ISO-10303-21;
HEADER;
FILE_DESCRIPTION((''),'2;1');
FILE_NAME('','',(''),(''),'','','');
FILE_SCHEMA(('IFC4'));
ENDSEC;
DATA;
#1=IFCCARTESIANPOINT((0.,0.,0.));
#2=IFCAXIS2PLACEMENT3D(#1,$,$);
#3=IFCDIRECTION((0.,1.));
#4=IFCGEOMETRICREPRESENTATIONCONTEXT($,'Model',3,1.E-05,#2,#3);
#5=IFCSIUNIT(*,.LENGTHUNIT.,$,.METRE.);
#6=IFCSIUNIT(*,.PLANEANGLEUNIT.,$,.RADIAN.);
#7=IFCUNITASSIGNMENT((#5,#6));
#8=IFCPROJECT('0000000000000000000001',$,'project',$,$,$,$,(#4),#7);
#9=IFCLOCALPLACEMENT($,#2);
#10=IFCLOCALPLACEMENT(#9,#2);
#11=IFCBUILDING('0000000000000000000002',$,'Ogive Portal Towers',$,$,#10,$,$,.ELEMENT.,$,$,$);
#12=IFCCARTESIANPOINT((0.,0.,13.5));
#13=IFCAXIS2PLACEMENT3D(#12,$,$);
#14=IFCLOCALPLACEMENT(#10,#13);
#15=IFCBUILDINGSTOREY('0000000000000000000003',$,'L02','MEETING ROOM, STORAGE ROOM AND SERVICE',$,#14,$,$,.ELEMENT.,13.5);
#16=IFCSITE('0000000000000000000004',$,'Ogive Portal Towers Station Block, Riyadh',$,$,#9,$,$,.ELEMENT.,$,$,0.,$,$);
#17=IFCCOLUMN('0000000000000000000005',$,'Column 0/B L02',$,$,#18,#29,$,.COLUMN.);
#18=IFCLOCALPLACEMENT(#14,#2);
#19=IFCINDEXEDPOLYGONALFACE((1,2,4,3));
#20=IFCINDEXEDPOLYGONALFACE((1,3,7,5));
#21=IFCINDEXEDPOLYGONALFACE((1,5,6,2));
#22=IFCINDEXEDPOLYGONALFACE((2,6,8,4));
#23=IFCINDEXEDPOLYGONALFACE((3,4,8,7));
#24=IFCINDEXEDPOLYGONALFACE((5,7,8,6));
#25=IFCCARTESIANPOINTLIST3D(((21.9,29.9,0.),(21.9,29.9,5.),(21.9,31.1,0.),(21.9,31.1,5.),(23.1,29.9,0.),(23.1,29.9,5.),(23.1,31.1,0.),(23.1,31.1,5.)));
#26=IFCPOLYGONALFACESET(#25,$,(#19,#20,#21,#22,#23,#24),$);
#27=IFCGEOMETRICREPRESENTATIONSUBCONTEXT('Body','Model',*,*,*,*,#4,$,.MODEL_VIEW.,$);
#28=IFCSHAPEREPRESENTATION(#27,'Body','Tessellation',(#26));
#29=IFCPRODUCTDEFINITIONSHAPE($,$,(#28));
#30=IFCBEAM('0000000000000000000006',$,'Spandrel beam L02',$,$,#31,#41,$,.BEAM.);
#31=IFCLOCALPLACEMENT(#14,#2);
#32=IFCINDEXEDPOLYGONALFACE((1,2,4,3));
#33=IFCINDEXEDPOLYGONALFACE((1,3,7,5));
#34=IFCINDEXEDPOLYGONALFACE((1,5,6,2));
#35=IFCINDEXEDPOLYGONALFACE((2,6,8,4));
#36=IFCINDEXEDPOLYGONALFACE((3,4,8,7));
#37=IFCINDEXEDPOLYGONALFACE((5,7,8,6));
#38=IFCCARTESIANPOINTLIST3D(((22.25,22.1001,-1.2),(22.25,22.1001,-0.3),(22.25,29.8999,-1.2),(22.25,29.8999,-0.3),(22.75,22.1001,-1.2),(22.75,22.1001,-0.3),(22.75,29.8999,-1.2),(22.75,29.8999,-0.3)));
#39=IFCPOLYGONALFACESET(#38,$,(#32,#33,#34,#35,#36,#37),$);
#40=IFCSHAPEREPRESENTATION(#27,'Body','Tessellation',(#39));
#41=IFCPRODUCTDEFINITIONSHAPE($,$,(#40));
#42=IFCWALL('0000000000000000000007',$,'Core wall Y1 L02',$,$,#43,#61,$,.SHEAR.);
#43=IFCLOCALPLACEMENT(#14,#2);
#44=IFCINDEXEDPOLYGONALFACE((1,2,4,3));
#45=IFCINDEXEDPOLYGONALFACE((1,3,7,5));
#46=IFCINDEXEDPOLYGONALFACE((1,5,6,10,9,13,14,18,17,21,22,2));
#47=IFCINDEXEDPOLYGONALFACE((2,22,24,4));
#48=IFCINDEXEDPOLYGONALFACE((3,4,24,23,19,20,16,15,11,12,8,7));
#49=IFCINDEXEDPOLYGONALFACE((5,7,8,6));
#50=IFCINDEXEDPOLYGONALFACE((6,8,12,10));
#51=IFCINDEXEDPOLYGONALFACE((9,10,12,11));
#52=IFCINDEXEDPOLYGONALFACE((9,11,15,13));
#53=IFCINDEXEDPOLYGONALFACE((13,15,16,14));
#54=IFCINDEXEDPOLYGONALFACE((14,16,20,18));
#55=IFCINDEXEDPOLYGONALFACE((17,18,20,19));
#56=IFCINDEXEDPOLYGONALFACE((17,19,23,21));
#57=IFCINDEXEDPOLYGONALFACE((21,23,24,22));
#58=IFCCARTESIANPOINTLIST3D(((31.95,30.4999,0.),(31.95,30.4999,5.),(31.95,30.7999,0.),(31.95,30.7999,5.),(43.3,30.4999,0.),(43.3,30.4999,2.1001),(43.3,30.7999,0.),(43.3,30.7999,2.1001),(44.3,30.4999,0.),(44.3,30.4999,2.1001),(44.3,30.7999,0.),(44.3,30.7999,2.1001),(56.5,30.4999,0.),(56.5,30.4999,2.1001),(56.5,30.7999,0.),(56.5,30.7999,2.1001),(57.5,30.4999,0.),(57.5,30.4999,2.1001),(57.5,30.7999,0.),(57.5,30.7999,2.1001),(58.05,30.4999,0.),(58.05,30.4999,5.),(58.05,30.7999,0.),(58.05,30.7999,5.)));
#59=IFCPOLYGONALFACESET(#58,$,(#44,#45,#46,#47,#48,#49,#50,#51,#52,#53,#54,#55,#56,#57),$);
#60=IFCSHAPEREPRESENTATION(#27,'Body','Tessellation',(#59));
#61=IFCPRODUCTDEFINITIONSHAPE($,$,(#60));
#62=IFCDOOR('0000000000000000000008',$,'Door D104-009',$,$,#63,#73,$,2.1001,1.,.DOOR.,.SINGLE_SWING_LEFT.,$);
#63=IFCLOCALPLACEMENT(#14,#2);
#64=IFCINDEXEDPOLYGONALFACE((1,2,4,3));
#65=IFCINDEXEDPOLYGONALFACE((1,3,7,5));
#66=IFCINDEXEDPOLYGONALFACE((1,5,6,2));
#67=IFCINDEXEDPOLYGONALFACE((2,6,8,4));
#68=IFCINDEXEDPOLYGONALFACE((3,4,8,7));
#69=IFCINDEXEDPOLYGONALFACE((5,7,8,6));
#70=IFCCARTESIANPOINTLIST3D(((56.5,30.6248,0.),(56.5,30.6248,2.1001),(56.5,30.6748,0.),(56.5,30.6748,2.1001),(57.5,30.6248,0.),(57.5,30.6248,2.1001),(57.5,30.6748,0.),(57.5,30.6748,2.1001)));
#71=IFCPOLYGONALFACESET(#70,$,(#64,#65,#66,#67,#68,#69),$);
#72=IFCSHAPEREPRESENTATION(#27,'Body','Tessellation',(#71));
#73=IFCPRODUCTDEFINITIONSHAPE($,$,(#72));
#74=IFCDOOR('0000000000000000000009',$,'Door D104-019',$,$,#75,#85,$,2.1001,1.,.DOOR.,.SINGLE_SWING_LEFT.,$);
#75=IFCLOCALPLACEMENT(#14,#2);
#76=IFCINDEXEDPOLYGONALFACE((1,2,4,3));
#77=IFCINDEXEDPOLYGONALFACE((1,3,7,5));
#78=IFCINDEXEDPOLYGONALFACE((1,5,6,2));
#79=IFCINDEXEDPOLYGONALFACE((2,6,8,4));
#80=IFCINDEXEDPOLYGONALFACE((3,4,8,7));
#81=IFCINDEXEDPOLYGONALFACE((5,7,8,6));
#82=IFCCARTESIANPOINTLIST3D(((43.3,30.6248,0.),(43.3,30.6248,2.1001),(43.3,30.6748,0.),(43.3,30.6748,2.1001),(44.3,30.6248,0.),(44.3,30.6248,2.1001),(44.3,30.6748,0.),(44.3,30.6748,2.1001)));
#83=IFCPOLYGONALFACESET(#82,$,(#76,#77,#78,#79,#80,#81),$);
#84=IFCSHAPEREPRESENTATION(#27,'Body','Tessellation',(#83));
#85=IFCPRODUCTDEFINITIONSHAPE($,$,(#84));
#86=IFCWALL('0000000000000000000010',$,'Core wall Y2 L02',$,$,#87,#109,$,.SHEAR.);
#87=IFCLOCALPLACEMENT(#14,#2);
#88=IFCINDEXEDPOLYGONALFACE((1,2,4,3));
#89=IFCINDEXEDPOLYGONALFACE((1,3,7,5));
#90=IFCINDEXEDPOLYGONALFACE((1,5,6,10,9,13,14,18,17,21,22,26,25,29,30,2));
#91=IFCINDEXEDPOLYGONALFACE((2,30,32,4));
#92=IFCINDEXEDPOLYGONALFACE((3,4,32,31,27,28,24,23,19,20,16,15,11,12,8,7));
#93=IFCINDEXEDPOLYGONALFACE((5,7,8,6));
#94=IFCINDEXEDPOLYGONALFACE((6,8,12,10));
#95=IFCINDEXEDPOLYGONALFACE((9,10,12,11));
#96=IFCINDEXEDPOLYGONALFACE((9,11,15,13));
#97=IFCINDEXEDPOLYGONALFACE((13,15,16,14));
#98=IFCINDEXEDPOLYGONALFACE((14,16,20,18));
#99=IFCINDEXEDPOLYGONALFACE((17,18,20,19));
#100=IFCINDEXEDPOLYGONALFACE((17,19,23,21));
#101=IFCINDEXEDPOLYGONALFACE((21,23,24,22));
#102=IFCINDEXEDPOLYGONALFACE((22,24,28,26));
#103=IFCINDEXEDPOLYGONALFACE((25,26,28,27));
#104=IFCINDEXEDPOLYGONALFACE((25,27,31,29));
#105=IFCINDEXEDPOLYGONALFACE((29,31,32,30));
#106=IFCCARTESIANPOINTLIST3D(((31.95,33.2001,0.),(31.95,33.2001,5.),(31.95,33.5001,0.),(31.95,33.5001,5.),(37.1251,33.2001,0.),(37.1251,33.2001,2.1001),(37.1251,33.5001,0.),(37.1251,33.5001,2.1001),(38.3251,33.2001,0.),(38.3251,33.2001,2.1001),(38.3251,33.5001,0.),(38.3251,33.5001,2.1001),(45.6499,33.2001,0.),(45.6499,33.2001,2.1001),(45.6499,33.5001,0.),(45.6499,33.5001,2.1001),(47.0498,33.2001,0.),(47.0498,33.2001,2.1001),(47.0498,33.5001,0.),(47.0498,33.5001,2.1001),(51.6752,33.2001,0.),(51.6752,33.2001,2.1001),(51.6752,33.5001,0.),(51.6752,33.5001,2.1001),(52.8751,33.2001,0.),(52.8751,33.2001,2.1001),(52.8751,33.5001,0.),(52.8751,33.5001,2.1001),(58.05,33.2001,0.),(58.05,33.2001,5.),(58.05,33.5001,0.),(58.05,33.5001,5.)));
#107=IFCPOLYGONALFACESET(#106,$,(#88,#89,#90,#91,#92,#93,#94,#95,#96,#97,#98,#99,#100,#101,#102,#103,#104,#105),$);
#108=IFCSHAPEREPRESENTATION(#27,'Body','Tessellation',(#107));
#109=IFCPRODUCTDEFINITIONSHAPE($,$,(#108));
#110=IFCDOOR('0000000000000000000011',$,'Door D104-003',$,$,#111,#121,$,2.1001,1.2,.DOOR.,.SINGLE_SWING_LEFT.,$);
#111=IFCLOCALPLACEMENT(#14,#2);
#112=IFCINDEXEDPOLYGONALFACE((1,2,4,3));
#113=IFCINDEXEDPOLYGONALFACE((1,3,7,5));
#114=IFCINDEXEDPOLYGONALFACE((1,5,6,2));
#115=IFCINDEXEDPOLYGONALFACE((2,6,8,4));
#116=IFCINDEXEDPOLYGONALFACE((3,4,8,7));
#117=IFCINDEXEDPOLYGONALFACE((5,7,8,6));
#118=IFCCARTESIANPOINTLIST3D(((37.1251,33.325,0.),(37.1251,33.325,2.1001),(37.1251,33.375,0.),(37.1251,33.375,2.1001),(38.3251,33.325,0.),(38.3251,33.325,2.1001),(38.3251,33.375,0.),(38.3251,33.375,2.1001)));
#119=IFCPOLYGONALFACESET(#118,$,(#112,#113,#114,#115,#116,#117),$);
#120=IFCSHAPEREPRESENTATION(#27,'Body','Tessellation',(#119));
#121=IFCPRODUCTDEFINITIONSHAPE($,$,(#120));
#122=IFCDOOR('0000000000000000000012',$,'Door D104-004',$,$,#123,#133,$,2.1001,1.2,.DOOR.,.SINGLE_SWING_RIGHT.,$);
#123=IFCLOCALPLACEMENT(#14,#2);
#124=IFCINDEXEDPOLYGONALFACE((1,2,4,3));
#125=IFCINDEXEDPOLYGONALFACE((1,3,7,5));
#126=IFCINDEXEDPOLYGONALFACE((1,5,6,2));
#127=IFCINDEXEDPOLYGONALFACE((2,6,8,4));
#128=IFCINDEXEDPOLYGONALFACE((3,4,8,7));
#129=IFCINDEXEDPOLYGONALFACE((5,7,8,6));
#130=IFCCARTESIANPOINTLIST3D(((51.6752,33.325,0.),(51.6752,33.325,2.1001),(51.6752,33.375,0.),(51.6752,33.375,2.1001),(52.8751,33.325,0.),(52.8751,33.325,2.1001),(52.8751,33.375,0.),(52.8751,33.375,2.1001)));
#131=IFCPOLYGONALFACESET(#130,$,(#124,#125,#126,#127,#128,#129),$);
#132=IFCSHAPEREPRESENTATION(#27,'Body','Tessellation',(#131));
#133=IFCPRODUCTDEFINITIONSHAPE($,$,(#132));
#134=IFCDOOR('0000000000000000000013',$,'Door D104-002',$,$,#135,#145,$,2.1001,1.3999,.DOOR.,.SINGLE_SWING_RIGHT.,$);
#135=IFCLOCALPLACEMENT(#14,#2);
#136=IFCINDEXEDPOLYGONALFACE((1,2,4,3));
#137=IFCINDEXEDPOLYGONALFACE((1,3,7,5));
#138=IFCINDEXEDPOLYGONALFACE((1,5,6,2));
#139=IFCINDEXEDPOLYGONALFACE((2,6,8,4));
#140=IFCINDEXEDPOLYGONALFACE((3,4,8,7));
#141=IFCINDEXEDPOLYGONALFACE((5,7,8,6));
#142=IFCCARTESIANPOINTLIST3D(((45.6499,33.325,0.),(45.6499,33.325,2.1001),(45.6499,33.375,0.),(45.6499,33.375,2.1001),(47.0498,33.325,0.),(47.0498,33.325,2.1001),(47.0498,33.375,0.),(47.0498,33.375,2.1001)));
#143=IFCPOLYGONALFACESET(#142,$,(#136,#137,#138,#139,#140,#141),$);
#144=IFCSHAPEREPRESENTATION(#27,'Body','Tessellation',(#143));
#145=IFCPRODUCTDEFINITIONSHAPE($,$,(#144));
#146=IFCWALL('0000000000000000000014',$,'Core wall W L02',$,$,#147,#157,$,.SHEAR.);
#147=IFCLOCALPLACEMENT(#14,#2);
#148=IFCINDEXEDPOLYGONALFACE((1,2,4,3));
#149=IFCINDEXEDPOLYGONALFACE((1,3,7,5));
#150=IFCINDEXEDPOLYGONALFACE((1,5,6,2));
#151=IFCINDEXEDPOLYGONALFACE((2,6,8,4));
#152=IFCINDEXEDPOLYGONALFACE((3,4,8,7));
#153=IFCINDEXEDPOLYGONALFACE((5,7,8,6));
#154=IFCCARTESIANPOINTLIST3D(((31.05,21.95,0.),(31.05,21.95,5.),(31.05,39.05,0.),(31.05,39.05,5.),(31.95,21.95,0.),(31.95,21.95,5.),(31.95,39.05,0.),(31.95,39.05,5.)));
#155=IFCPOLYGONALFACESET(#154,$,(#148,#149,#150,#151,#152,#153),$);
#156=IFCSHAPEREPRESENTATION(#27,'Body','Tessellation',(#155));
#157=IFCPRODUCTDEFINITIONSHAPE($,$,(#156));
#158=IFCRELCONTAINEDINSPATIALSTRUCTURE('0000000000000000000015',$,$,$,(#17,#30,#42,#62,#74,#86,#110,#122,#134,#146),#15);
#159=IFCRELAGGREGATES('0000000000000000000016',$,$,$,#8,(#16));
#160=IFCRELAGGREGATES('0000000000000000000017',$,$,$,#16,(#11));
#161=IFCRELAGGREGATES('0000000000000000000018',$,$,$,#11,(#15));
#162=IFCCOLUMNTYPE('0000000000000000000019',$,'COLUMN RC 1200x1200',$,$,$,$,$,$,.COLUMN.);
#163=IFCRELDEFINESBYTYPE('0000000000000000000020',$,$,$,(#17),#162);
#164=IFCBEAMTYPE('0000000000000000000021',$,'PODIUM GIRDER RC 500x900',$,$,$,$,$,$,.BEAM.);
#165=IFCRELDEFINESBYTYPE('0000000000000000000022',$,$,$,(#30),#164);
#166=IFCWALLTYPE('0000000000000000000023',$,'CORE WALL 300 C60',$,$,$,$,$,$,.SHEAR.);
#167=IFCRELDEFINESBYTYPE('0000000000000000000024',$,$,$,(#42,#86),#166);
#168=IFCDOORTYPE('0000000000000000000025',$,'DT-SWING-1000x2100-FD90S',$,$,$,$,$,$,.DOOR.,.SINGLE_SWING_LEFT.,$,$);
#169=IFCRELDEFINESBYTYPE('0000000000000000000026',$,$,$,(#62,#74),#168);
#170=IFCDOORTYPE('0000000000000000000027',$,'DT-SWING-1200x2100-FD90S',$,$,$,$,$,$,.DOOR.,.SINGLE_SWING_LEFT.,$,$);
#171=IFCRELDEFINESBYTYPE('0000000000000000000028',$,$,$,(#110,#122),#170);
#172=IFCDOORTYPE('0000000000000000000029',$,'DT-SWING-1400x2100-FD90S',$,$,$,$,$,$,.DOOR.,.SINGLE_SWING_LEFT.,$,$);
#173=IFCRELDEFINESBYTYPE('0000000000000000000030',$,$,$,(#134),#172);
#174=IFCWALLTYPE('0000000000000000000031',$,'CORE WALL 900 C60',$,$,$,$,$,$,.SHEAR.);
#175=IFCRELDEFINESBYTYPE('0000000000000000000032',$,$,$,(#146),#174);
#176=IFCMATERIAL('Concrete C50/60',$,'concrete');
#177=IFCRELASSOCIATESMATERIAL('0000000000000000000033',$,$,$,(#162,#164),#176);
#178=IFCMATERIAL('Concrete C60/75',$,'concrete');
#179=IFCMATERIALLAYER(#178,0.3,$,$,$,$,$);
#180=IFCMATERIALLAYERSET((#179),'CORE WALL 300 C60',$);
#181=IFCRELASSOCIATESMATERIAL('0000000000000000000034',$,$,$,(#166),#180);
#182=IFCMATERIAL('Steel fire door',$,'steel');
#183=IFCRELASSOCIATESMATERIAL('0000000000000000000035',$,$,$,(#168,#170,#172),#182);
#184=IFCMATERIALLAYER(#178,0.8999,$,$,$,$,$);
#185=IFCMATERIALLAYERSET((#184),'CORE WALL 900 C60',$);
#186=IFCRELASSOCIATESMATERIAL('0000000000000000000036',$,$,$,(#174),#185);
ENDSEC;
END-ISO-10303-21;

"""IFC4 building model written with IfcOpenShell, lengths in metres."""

from ifc_helpers import new_model, si_unit, direction, frame, frame_2d, origin, origin_2d, place, context, subcontext, project, spatial, rectangle, extrude, material, layer, layer_set, material_profile, profile_set, type_object, element, fill, save


model = new_model("IFC4")

# Units and contexts
model_context = context("Model", 3, precision=1e-05, world=origin(), true_north=direction((0.0, 1.0)))
body_context = subcontext(model_context, "Body", "Model", "MODEL_VIEW")
ifc_project = project(units=[si_unit("LENGTHUNIT", "METRE"), si_unit("PLANEANGLEUNIT", "RADIAN")], contexts=[model_context])

# Site, building, storey
site_placement = place(None, origin())
site = spatial("IfcSite", under=ifc_project, at=site_placement, Name="Ogive Portal Towers Station Block, Riyadh", CompositionType="ELEMENT", RefElevation=0.0)
building_placement = place(site_placement, origin())
building = spatial("IfcBuilding", under=site, at=building_placement, Name="Ogive Portal Towers", CompositionType="ELEMENT")
storey_placement = place(building_placement, frame((0.0, 0.0, 13.5)))
storey = spatial("IfcBuildingStorey", under=building, at=storey_placement, Name="L02", Description="MEETING ROOM, STORAGE ROOM AND SERVICE", CompositionType="ELEMENT", Elevation=13.5)

# Column
ifc_material_1 = material(Name="Concrete C50/60", Category="concrete")
ifc_material_profile_1 = material_profile(ifc_material_1, rectangle(XDim=1.2, YDim=1.2, at=origin_2d()), Name="RC 1200x1200")
ifc_profile_set_1 = profile_set([ifc_material_profile_1], Name="Concrete C50/60")
column_type = type_object("IfcColumnType", Name="COLUMN RC 1200x1200", PredefinedType="COLUMN", material=ifc_profile_set_1)
column_placement = place(storey_placement, frame((22.5, 30.5, 0.0), z_axis=(0.0, 0.0, 1.0), x_axis=(1.0, 0.0, 0.0)))
element("IfcColumn", 1, at=column_placement, inside=storey, type_object=column_type, Name="Column 0/B L02", PredefinedType="COLUMN", context=body_context, shape_type="SweptSolid", body=[
    extrude(rectangle(XDim=1.2, YDim=1.2, at=origin_2d()), origin(), (0.0, 0.0, 1.0), 5.0),
])

# Beam
ifc_material_profile_2 = material_profile(ifc_material_1, rectangle(XDim=0.5, YDim=0.8999, at=origin_2d()), Name="RC 500x900")
ifc_profile_set_2 = profile_set([ifc_material_profile_2], Name="Concrete C50/60")
beam_type = type_object("IfcBeamType", Name="PODIUM GIRDER RC 500x900", PredefinedType="BEAM", material=ifc_profile_set_2)
beam_placement = place(storey_placement, frame((22.5, 29.8999, -0.75), z_axis=(0.0, -1.0, 0.0), x_axis=(1.0, 0.0, 0.0)))
element("IfcBeam", 2, at=beam_placement, inside=storey, type_object=beam_type, Name="Spandrel beam L02", PredefinedType="BEAM", context=body_context, shape_type="SweptSolid", body=[
    extrude(rectangle(XDim=0.5, YDim=0.8999, at=origin_2d()), origin(), (0.0, 0.0, 1.0), 7.7998),
])

# Walls, openings, doors
ifc_material_2 = material(Name="Concrete C60/75", Category="concrete")
ifc_layer_1 = layer(ifc_material_2, 0.3)
ifc_layer_set_1 = layer_set([ifc_layer_1], Name="CORE WALL 300 C60")
wall_type_1 = type_object("IfcWallType", Name="CORE WALL 300 C60", PredefinedType="SHEAR", material=ifc_layer_set_1)
wall_1_placement = place(storey_placement, frame((31.95, 30.6499, 0.0), z_axis=(0.0, 0.0, 1.0), x_axis=(1.0, 0.0, 0.0)))
wall_1 = element("IfcWall", 3, at=wall_1_placement, inside=storey, type_object=wall_type_1, Name="Core wall Y1 L02", PredefinedType="SHEAR", context=body_context, shape_type="SweptSolid", body=[
    extrude(rectangle(XDim=26.1001, YDim=0.3, at=frame_2d((13.05, 0.0))), origin(), (0.0, 0.0, 1.0), 5.0),
])
opening_1_placement = place(wall_1_placement, frame((24.55, 0.0, 0.0)))
opening_1 = element("IfcOpeningElement", 4, at=opening_1_placement, cuts=wall_1, PredefinedType="OPENING", context=body_context, shape_type="SweptSolid", body=[
    extrude(rectangle(XDim=1.0, YDim=2.1001, at=frame_2d((0.5, 1.05))), frame((0.0, 0.1602, 0.0), z_axis=(0.0, -1.0, 0.0), x_axis=(1.0, 0.0, 0.0)), (0.0, 0.0, 1.0), 0.3201),
])
opening_2_placement = place(wall_1_placement, frame((11.3501, 0.0, 0.0)))
opening_2 = element("IfcOpeningElement", 5, at=opening_2_placement, cuts=wall_1, PredefinedType="OPENING", context=body_context, shape_type="SweptSolid", body=[
    extrude(rectangle(XDim=1.0, YDim=2.1001, at=frame_2d((0.5, 1.05))), frame((0.0, 0.1602, 0.0), z_axis=(0.0, -1.0, 0.0), x_axis=(1.0, 0.0, 0.0)), (0.0, 0.0, 1.0), 0.3201),
])
ifc_material_3 = material(Name="Steel fire door", Category="steel")
door_type_1 = type_object("IfcDoorType", Name="DT-SWING-1000x2100-FD90S", OperationType="SINGLE_SWING_LEFT", PredefinedType="DOOR", material=ifc_material_3)
door_1_placement = place(opening_1_placement, origin())
door_1 = element("IfcDoor", 6, at=door_1_placement, inside=storey, type_object=door_type_1, Name="Door D104-009", OperationType="SINGLE_SWING_LEFT", OverallHeight=2.1001, OverallWidth=1.0, PredefinedType="DOOR", context=body_context, shape_type="SweptSolid", body=[
    extrude(rectangle(XDim=1.0, YDim=2.1001, at=frame_2d((0.5, 1.05))), frame((0.0, 0.0249, 0.0), z_axis=(0.0, -1.0, 0.0), x_axis=(1.0, 0.0, 0.0)), (0.0, 0.0, 1.0), 0.05),
])
fill(opening_1, door_1)
door_2_placement = place(opening_2_placement, origin())
door_2 = element("IfcDoor", 7, at=door_2_placement, inside=storey, type_object=door_type_1, Name="Door D104-019", OperationType="SINGLE_SWING_LEFT", OverallHeight=2.1001, OverallWidth=1.0, PredefinedType="DOOR", context=body_context, shape_type="SweptSolid", body=[
    extrude(rectangle(XDim=1.0, YDim=2.1001, at=frame_2d((0.5, 1.05))), frame((0.0, 0.0249, 0.0), z_axis=(0.0, -1.0, 0.0), x_axis=(1.0, 0.0, 0.0)), (0.0, 0.0, 1.0), 0.05),
])
fill(opening_2, door_2)
wall_2_placement = place(storey_placement, frame((31.95, 33.3501, 0.0), z_axis=(0.0, 0.0, 1.0), x_axis=(1.0, 0.0, 0.0)))
wall_2 = element("IfcWall", 8, at=wall_2_placement, inside=storey, type_object=wall_type_1, Name="Core wall Y2 L02", PredefinedType="SHEAR", context=body_context, shape_type="SweptSolid", body=[
    extrude(rectangle(XDim=26.1001, YDim=0.3, at=frame_2d((13.05, 0.0))), origin(), (0.0, 0.0, 1.0), 5.0),
])
opening_3_placement = place(wall_2_placement, frame((13.7, 0.0, 0.0)))
opening_3 = element("IfcOpeningElement", 9, at=opening_3_placement, cuts=wall_2, PredefinedType="OPENING", context=body_context, shape_type="SweptSolid", body=[
    extrude(rectangle(XDim=1.3999, YDim=2.1001, at=frame_2d((0.7, 1.05))), frame((0.0, 0.1602, 0.0), z_axis=(0.0, -1.0, 0.0), x_axis=(1.0, 0.0, 0.0)), (0.0, 0.0, 1.0), 0.3201),
])
opening_4_placement = place(wall_2_placement, frame((5.175, 0.0, 0.0)))
opening_4 = element("IfcOpeningElement", 10, at=opening_4_placement, cuts=wall_2, PredefinedType="OPENING", context=body_context, shape_type="SweptSolid", body=[
    extrude(rectangle(XDim=1.2, YDim=2.1001, at=frame_2d((0.6001, 1.05))), frame((0.0, 0.1602, 0.0), z_axis=(0.0, -1.0, 0.0), x_axis=(1.0, 0.0, 0.0)), (0.0, 0.0, 1.0), 0.3201),
])
opening_5_placement = place(wall_2_placement, frame((19.7251, 0.0, 0.0)))
opening_5 = element("IfcOpeningElement", 11, at=opening_5_placement, cuts=wall_2, PredefinedType="OPENING", context=body_context, shape_type="SweptSolid", body=[
    extrude(rectangle(XDim=1.2, YDim=2.1001, at=frame_2d((0.6001, 1.05))), frame((0.0, 0.1602, 0.0), z_axis=(0.0, -1.0, 0.0), x_axis=(1.0, 0.0, 0.0)), (0.0, 0.0, 1.0), 0.3201),
])
door_type_2 = type_object("IfcDoorType", Name="DT-SWING-1200x2100-FD90S", OperationType="SINGLE_SWING_LEFT", PredefinedType="DOOR", material=ifc_material_3)
door_3_placement = place(opening_4_placement, origin())
door_3 = element("IfcDoor", 12, at=door_3_placement, inside=storey, type_object=door_type_2, Name="Door D104-003", OperationType="SINGLE_SWING_LEFT", OverallHeight=2.1001, OverallWidth=1.2, PredefinedType="DOOR", context=body_context, shape_type="SweptSolid", body=[
    extrude(rectangle(XDim=1.2, YDim=2.1001, at=frame_2d((0.6001, 1.05))), frame((0.0, 0.0249, 0.0), z_axis=(0.0, -1.0, 0.0), x_axis=(1.0, 0.0, 0.0)), (0.0, 0.0, 1.0), 0.05),
])
fill(opening_4, door_3)
door_4_placement = place(opening_5_placement, origin())
door_4 = element("IfcDoor", 13, at=door_4_placement, inside=storey, type_object=door_type_2, Name="Door D104-004", OperationType="SINGLE_SWING_RIGHT", OverallHeight=2.1001, OverallWidth=1.2, PredefinedType="DOOR", context=body_context, shape_type="SweptSolid", body=[
    extrude(rectangle(XDim=1.2, YDim=2.1001, at=frame_2d((0.6001, 1.05))), frame((0.0, 0.0249, 0.0), z_axis=(0.0, -1.0, 0.0), x_axis=(1.0, 0.0, 0.0)), (0.0, 0.0, 1.0), 0.05),
])
fill(opening_5, door_4)
door_type_3 = type_object("IfcDoorType", Name="DT-SWING-1400x2100-FD90S", OperationType="SINGLE_SWING_LEFT", PredefinedType="DOOR", material=ifc_material_3)
door_5_placement = place(opening_3_placement, origin())
door_5 = element("IfcDoor", 14, at=door_5_placement, inside=storey, type_object=door_type_3, Name="Door D104-002", OperationType="SINGLE_SWING_RIGHT", OverallHeight=2.1001, OverallWidth=1.3999, PredefinedType="DOOR", context=body_context, shape_type="SweptSolid", body=[
    extrude(rectangle(XDim=1.3999, YDim=2.1001, at=frame_2d((0.7, 1.05))), frame((0.0, 0.0249, 0.0), z_axis=(0.0, -1.0, 0.0), x_axis=(1.0, 0.0, 0.0)), (0.0, 0.0, 1.0), 0.05),
])
fill(opening_3, door_5)

# Wall
ifc_layer_2 = layer(ifc_material_2, 0.8999)
ifc_layer_set_2 = layer_set([ifc_layer_2], Name="CORE WALL 900 C60")
wall_type_2 = type_object("IfcWallType", Name="CORE WALL 900 C60", PredefinedType="SHEAR", material=ifc_layer_set_2)
wall_3_placement = place(storey_placement, frame((31.5, 21.95, 0.0), z_axis=(0.0, 0.0, 1.0), x_axis=(0.0, 1.0, 0.0)))
element("IfcWall", 15, at=wall_3_placement, inside=storey, type_object=wall_type_2, Name="Core wall W L02", PredefinedType="SHEAR", context=body_context, shape_type="SweptSolid", body=[
    extrude(rectangle(XDim=17.1001, YDim=0.8999, at=frame_2d((8.55, 0.0))), origin(), (0.0, 0.0, 1.0), 5.0),
])

save(model, "model.ifc")
